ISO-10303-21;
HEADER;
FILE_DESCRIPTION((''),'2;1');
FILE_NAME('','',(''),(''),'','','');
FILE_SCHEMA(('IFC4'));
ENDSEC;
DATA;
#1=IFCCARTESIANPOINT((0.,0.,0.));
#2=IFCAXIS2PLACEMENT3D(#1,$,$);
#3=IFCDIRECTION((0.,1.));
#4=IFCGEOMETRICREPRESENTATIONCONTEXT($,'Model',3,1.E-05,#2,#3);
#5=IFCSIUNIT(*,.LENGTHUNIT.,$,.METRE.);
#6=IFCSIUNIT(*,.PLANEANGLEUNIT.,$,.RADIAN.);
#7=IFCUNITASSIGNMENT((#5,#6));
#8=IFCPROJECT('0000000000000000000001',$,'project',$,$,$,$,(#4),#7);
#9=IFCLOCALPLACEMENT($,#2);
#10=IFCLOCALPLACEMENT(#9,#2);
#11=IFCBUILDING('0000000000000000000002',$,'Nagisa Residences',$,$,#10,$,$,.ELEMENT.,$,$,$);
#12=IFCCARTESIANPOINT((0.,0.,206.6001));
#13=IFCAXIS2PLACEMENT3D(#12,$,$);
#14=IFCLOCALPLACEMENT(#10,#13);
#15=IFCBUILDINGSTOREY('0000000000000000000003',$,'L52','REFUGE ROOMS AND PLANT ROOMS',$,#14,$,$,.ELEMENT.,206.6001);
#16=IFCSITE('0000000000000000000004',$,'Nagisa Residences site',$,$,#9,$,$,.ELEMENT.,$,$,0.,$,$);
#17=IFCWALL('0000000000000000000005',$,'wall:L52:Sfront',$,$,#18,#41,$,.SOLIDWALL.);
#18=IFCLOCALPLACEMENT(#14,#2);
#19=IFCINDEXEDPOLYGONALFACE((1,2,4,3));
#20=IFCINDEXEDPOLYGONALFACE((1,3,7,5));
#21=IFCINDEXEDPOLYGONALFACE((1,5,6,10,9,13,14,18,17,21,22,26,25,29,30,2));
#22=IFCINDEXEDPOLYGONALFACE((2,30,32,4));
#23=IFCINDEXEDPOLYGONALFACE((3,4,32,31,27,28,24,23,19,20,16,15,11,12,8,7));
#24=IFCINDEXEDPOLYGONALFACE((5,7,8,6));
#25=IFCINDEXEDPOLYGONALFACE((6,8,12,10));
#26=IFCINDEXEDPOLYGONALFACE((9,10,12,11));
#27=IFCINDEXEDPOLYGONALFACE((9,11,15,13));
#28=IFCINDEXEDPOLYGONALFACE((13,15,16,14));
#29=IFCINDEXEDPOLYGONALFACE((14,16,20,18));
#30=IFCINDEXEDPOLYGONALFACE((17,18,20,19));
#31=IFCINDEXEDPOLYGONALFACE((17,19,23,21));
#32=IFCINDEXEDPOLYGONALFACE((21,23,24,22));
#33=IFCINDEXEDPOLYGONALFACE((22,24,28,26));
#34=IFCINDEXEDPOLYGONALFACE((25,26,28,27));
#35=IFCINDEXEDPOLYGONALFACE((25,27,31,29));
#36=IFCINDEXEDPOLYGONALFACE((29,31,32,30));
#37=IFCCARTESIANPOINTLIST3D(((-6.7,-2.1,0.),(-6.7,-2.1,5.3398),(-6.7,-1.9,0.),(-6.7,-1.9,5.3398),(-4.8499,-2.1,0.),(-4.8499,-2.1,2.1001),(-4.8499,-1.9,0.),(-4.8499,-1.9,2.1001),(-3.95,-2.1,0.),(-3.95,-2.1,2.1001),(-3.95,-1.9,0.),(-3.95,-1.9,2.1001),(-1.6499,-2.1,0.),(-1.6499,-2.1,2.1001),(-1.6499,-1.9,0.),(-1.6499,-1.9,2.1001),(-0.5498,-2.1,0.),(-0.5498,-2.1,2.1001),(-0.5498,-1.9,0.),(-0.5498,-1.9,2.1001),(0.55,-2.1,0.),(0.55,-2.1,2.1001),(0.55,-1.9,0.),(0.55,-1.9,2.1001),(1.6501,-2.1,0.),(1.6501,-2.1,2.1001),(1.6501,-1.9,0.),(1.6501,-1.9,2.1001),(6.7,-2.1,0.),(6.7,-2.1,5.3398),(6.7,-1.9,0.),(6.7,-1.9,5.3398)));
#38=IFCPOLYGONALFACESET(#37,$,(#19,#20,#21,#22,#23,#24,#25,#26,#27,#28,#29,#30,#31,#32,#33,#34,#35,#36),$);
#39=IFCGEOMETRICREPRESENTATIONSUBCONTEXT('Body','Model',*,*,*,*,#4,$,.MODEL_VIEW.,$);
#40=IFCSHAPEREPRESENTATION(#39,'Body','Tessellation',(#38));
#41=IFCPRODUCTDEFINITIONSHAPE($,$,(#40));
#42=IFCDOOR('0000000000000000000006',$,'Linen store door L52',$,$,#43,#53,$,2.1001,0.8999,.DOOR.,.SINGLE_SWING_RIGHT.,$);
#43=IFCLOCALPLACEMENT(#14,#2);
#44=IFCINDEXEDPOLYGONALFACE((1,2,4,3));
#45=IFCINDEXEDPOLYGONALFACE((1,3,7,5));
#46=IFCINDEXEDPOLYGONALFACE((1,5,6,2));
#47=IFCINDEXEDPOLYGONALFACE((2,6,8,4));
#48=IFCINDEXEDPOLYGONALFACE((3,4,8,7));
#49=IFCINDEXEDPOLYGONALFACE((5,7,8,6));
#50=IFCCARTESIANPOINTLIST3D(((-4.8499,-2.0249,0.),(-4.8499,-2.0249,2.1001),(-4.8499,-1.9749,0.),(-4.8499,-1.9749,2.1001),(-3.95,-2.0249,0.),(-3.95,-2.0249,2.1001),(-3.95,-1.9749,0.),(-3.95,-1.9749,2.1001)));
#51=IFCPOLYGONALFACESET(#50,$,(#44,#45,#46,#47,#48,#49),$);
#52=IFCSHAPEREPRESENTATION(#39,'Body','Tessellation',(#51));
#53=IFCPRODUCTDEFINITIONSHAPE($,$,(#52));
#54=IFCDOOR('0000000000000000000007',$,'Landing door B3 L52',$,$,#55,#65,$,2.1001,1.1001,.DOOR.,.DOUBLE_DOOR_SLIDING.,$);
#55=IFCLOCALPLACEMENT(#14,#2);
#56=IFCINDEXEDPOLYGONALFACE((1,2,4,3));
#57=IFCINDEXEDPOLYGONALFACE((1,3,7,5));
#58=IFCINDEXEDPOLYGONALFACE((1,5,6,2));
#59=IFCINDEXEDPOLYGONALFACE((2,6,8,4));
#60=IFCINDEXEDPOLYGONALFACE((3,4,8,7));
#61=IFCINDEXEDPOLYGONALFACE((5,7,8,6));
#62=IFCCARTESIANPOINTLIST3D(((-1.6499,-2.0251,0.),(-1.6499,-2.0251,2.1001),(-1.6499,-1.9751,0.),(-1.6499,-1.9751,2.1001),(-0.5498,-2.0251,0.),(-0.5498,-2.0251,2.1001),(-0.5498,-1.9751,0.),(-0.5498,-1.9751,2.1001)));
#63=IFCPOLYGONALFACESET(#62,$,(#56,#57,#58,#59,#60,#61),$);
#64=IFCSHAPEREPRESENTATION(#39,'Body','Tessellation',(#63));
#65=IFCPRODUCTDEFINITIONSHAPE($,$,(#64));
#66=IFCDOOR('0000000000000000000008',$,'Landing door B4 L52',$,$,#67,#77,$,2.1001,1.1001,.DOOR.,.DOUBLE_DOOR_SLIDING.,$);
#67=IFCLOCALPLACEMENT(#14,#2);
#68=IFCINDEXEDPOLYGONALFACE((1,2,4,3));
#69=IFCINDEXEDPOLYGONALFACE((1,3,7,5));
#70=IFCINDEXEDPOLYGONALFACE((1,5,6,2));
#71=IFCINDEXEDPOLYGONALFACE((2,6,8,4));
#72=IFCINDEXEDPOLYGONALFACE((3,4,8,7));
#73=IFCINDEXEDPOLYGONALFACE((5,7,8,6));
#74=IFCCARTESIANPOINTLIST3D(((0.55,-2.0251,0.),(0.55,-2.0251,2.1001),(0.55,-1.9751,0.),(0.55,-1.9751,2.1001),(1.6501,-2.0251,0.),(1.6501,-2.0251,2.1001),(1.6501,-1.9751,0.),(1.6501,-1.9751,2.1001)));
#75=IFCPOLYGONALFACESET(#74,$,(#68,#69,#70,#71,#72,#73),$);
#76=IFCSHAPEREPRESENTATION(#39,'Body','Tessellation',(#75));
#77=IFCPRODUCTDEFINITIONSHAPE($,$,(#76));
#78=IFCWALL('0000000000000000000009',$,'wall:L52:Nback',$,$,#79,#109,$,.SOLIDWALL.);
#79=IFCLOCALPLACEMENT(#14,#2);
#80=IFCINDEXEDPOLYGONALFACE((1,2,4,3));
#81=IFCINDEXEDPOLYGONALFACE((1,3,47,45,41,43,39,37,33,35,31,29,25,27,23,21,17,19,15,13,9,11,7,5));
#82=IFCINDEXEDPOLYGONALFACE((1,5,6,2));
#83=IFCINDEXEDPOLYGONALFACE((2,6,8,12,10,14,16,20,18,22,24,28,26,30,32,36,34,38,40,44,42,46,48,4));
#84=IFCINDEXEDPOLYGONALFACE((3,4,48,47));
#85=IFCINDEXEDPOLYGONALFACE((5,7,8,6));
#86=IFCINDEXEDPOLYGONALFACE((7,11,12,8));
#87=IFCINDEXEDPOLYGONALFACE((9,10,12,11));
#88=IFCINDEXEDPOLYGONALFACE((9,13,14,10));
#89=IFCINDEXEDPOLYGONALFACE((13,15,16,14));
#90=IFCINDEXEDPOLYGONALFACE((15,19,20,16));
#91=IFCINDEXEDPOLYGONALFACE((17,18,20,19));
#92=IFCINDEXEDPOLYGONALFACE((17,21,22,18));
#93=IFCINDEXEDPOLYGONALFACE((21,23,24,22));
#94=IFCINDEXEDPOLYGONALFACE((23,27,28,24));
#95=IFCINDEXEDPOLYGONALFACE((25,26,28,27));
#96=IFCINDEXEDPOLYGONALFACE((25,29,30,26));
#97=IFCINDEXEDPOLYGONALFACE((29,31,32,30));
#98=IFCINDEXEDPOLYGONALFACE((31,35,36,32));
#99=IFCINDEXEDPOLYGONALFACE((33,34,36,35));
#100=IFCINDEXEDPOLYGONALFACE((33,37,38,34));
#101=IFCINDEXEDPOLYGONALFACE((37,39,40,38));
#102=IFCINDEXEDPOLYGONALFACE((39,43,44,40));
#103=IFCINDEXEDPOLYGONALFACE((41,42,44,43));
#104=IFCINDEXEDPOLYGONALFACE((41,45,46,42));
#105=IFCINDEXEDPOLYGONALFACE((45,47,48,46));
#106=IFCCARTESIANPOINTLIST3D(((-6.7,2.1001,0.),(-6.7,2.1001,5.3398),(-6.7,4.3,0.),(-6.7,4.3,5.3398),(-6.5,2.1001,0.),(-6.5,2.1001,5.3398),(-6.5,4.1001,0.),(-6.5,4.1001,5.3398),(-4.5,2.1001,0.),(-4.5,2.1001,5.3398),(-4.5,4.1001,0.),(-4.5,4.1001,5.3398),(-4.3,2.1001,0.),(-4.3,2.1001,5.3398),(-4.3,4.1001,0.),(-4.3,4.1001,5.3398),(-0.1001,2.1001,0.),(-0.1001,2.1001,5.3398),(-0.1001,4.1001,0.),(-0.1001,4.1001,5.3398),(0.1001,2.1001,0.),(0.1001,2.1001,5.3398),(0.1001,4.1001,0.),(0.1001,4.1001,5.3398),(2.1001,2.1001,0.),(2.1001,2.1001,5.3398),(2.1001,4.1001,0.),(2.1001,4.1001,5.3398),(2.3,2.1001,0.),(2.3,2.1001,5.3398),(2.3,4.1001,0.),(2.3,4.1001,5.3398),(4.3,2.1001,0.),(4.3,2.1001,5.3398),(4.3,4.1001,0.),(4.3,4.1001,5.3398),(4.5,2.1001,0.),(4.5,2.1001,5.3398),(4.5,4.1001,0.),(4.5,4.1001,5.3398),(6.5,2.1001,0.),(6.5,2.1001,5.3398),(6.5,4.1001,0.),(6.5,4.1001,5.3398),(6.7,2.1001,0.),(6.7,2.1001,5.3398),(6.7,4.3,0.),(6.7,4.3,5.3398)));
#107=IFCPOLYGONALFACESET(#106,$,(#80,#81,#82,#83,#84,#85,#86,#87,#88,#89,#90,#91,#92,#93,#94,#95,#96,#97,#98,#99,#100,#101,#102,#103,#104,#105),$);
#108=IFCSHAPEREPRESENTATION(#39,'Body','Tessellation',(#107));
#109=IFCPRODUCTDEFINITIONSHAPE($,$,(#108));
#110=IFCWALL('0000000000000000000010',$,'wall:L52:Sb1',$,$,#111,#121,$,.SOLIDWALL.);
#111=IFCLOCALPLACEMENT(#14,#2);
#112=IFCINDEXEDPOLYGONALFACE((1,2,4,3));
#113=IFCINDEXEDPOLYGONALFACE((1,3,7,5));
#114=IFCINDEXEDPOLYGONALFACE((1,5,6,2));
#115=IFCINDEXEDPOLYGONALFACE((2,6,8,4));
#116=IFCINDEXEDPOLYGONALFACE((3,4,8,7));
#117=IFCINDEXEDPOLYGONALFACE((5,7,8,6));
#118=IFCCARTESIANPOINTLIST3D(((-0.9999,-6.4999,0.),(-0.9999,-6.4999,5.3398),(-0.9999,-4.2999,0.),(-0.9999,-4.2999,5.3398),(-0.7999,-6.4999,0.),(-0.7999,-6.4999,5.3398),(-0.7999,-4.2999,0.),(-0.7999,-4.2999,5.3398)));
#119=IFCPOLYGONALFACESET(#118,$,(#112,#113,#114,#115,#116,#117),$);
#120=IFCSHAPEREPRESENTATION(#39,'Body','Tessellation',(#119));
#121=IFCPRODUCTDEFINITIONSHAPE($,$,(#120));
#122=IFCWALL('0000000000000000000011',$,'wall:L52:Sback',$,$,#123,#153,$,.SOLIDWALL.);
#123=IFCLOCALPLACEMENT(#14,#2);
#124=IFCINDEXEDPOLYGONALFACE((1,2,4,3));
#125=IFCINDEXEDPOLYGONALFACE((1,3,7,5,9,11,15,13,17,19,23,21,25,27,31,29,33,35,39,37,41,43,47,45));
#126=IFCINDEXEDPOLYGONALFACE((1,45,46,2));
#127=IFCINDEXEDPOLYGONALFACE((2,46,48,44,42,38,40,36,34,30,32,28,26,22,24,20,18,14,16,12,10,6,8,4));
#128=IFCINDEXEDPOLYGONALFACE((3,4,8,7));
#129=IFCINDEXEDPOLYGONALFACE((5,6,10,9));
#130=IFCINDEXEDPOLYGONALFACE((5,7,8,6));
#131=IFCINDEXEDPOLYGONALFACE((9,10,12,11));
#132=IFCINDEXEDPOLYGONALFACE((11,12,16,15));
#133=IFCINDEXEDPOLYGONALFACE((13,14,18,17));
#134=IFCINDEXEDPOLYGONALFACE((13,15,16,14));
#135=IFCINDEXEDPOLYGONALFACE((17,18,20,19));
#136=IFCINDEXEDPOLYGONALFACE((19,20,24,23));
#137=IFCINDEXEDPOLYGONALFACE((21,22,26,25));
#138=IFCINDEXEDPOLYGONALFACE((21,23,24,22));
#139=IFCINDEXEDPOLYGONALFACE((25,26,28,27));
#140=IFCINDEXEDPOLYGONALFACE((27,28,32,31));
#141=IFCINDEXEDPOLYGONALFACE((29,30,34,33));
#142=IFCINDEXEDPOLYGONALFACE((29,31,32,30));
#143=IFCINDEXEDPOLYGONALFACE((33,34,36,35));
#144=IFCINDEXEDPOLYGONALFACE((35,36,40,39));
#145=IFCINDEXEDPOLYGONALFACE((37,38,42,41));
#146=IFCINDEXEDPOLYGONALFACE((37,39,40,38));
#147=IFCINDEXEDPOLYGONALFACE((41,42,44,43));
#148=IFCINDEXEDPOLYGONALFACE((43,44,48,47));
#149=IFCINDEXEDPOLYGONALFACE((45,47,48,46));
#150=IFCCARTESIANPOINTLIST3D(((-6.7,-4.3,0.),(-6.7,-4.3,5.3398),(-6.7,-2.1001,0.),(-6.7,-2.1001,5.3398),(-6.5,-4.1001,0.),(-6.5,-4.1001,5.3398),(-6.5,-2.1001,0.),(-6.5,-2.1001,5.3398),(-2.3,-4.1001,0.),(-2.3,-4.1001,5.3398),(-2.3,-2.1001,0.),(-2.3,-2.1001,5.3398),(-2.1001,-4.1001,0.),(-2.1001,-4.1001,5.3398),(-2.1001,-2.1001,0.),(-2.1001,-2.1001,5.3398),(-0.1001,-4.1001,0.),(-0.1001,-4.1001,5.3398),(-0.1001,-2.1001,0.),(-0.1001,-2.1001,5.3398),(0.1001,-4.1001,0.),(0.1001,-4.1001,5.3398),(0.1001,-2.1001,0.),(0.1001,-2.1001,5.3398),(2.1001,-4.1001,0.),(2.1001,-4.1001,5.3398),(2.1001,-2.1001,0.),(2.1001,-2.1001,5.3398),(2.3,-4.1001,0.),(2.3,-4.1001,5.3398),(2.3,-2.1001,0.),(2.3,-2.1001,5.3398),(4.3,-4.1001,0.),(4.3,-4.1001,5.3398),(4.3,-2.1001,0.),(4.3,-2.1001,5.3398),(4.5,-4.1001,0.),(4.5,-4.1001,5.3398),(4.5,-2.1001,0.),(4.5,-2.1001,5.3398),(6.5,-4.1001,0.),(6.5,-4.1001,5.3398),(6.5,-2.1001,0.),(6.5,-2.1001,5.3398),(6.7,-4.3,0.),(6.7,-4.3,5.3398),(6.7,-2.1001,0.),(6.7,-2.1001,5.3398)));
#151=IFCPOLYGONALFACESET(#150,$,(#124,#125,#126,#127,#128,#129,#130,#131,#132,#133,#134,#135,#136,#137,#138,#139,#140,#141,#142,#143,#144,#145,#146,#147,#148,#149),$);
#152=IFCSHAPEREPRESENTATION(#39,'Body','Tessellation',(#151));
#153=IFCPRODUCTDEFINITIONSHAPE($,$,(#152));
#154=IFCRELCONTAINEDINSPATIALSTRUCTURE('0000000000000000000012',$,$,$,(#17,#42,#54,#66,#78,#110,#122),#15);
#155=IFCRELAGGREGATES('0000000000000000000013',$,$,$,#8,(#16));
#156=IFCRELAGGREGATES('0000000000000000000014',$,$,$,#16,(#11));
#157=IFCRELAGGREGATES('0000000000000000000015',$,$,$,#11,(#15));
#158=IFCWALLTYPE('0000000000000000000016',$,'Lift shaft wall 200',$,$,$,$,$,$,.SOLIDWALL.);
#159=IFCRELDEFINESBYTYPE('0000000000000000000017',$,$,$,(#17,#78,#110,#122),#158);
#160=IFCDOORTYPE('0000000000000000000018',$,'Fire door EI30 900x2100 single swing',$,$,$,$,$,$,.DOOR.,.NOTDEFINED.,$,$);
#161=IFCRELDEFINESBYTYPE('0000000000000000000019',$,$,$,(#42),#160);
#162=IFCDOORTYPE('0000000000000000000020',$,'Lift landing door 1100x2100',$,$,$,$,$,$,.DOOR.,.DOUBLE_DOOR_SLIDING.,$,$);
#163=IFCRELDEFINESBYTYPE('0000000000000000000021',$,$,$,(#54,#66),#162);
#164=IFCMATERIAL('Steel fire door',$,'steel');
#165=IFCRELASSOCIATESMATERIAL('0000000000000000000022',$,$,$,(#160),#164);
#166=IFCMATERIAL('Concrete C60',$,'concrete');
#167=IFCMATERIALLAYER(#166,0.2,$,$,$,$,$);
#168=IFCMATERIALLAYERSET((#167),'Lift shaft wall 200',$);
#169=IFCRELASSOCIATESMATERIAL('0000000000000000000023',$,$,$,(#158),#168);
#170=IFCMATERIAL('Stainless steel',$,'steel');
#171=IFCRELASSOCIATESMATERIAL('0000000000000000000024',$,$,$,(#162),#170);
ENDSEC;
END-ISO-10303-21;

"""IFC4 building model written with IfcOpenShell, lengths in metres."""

from ifc_helpers import new_model, si_unit, direction, frame, frame_2d, origin, place, context, subcontext, project, spatial, polyline, rectangle, outline, extrude, material, layer, layer_set, type_object, element, fill, save


model = new_model("IFC4")

# Units and contexts
model_context = context("Model", 3, precision=1e-05, world=origin(), true_north=direction((0.0, 1.0)))
body_context = subcontext(model_context, "Body", "Model", "MODEL_VIEW")
ifc_project = project(units=[si_unit("LENGTHUNIT", "METRE"), si_unit("PLANEANGLEUNIT", "RADIAN")], contexts=[model_context])

# Site, building, storey
site_placement = place(None, origin())
site = spatial("IfcSite", under=ifc_project, at=site_placement, Name="Nagisa Residences site", CompositionType="ELEMENT", RefElevation=0.0)
building_placement = place(site_placement, origin())
building = spatial("IfcBuilding", under=site, at=building_placement, Name="Nagisa Residences", CompositionType="ELEMENT")
storey_placement = place(building_placement, frame((0.0, 0.0, 206.6001)))
storey = spatial("IfcBuildingStorey", under=building, at=storey_placement, Name="L52", Description="REFUGE ROOMS AND PLANT ROOMS", CompositionType="ELEMENT", Elevation=206.6001)

# Shared definitions
ifc_material_1 = material(Name="Steel fire door", Category="steel")
door_type_1 = type_object("IfcDoorType", Name="Fire door EI30 900x2100 single swing", OperationType="NOTDEFINED", PredefinedType="DOOR", material=ifc_material_1)

# Shared definitions
ifc_material_2 = material(Name="Concrete C60", Category="concrete")
ifc_layer_1 = layer(ifc_material_2, 0.2)
ifc_layer_set_1 = layer_set([ifc_layer_1], Name="Lift shaft wall 200")
wall_type_1 = type_object("IfcWallType", Name="Lift shaft wall 200", PredefinedType="SOLIDWALL", material=ifc_layer_set_1)

# Wall, openings, doors
wall_1_placement = place(storey_placement, frame((-6.7, -2.0, 0.0), z_axis=(0.0, 0.0, 1.0), x_axis=(1.0, 0.0, 0.0)))
wall_1 = element("IfcWall", 1, at=wall_1_placement, inside=storey, type_object=wall_type_1, Name="wall:L52:Sfront", PredefinedType="SOLIDWALL", context=body_context, shape_type="SweptSolid", body=[
    extrude(rectangle(XDim=13.3999, YDim=0.2, at=frame_2d((6.7, 0.0))), origin(), (0.0, 0.0, 1.0), 5.3398),
])
opening_1_placement = place(wall_1_placement, frame((5.05, 0.0, 0.0)))
opening_1 = element("IfcOpeningElement", 2, at=opening_1_placement, cuts=wall_1, PredefinedType="OPENING", context=body_context, shape_type="SweptSolid", body=[
    extrude(rectangle(XDim=1.1001, YDim=2.1001, at=frame_2d((0.55, 1.05))), frame((0.0, 0.1099, 0.0), z_axis=(0.0, -1.0, 0.0), x_axis=(1.0, 0.0, 0.0)), (0.0, 0.0, 1.0), 0.22),
])
opening_2_placement = place(wall_1_placement, frame((7.25, 0.0, 0.0)))
opening_2 = element("IfcOpeningElement", 3, at=opening_2_placement, cuts=wall_1, PredefinedType="OPENING", context=body_context, shape_type="SweptSolid", body=[
    extrude(rectangle(XDim=1.1001, YDim=2.1001, at=frame_2d((0.55, 1.05))), frame((0.0, 0.1099, 0.0), z_axis=(0.0, -1.0, 0.0), x_axis=(1.0, 0.0, 0.0)), (0.0, 0.0, 1.0), 0.22),
])
opening_3_placement = place(wall_1_placement, frame((1.8501, 0.0, 0.0)))
opening_3 = element("IfcOpeningElement", 4, at=opening_3_placement, cuts=wall_1, PredefinedType="OPENING", context=body_context, shape_type="SweptSolid", body=[
    extrude(rectangle(XDim=0.8999, YDim=2.1001, at=frame_2d((0.45, 1.05))), frame((0.0, 0.1099, 0.0), z_axis=(0.0, -1.0, 0.0), x_axis=(1.0, 0.0, 0.0)), (0.0, 0.0, 1.0), 0.22),
])
door_1_placement = place(opening_3_placement, frame((0.8999, 0.0, 0.0), x_axis=(-1.0, 0.0, 0.0)))
door_1 = element("IfcDoor", 5, at=door_1_placement, inside=storey, type_object=door_type_1, Name="Linen store door L52", OperationType="SINGLE_SWING_RIGHT", OverallHeight=2.1001, OverallWidth=0.8999, PredefinedType="DOOR", context=body_context, shape_type="SweptSolid", body=[
    extrude(rectangle(XDim=0.8999, YDim=2.1001, at=frame_2d((0.45, 1.05))), frame((0.0, 0.0249, 0.0), z_axis=(0.0, -1.0, 0.0), x_axis=(1.0, 0.0, 0.0)), (0.0, 0.0, 1.0), 0.05),
])
fill(opening_3, door_1)
ifc_material_3 = material(Name="Stainless steel", Category="steel")
door_type_2 = type_object("IfcDoorType", Name="Lift landing door 1100x2100", OperationType="DOUBLE_DOOR_SLIDING", PredefinedType="DOOR", material=ifc_material_3)
door_2_placement = place(opening_1_placement, origin())
door_2 = element("IfcDoor", 6, at=door_2_placement, inside=storey, type_object=door_type_2, Name="Landing door B3 L52", OperationType="DOUBLE_DOOR_SLIDING", OverallHeight=2.1001, OverallWidth=1.1001, PredefinedType="DOOR", context=body_context, shape_type="SweptSolid", body=[
    extrude(rectangle(XDim=1.1001, YDim=2.1001, at=frame_2d((0.55, 1.05))), frame((0.0, 0.0249, 0.0), z_axis=(0.0, -1.0, 0.0), x_axis=(1.0, 0.0, 0.0)), (0.0, 0.0, 1.0), 0.05),
])
fill(opening_1, door_2)
door_3_placement = place(opening_2_placement, origin())
door_3 = element("IfcDoor", 7, at=door_3_placement, inside=storey, type_object=door_type_2, Name="Landing door B4 L52", OperationType="DOUBLE_DOOR_SLIDING", OverallHeight=2.1001, OverallWidth=1.1001, PredefinedType="DOOR", context=body_context, shape_type="SweptSolid", body=[
    extrude(rectangle(XDim=1.1001, YDim=2.1001, at=frame_2d((0.55, 1.05))), frame((0.0, 0.0249, 0.0), z_axis=(0.0, -1.0, 0.0), x_axis=(1.0, 0.0, 0.0)), (0.0, 0.0, 1.0), 0.05),
])
fill(opening_2, door_3)

# Walls
wall_2_placement = place(storey_placement, origin())
element("IfcWall", 8, at=wall_2_placement, inside=storey, type_object=wall_type_1, Name="wall:L52:Nback", PredefinedType="SOLIDWALL", context=body_context, shape_type="SweptSolid", body=[
    extrude(outline(polyline([(-6.7, 4.3), (6.7, 4.3), (6.7, 2.1001), (6.5, 2.1001), (6.5, 4.1001), (4.5, 4.1001), (4.5, 2.1001), (4.3, 2.1001), (4.3, 4.1001), (2.3, 4.1001), (2.3, 2.1001), (2.1001, 2.1001), (2.1001, 4.1001), (0.1001, 4.1001), (0.1001, 2.1001), (-0.1001, 2.1001), (-0.1001, 4.1001), (-4.3, 4.1001), (-4.3, 2.1001), (-4.5, 2.1001), (-4.5, 4.1001), (-6.5, 4.1001), (-6.5, 2.1001), (-6.7, 2.1001), (-6.7, 4.3)])), origin(), (0.0, 0.0, 1.0), 5.3398),
])
wall_3_placement = place(storey_placement, frame((-0.8999, -6.5, 0.0), z_axis=(0.0, 0.0, 1.0), x_axis=(0.0, 1.0, 0.0)))
element("IfcWall", 9, at=wall_3_placement, inside=storey, type_object=wall_type_1, Name="wall:L52:Sb1", PredefinedType="SOLIDWALL", context=body_context, shape_type="SweptSolid", body=[
    extrude(rectangle(XDim=2.2, YDim=0.2, at=frame_2d((1.1001, 0.0))), origin(), (0.0, 0.0, 1.0), 5.3398),
])
wall_4_placement = place(storey_placement, origin())
element("IfcWall", 10, at=wall_4_placement, inside=storey, type_object=wall_type_1, Name="wall:L52:Sback", PredefinedType="SOLIDWALL", context=body_context, shape_type="SweptSolid", body=[
    extrude(outline(polyline([(-6.7, -2.1001), (-6.5, -2.1001), (-6.5, -4.1001), (-2.3, -4.1001), (-2.3, -2.1001), (-2.1001, -2.1001), (-2.1001, -4.1001), (-0.1001, -4.1001), (-0.1001, -2.1001), (0.1001, -2.1001), (0.1001, -4.1001), (2.1001, -4.1001), (2.1001, -2.1001), (2.3, -2.1001), (2.3, -4.1001), (4.3, -4.1001), (4.3, -2.1001), (4.5, -2.1001), (4.5, -4.1001), (6.5, -4.1001), (6.5, -2.1001), (6.7, -2.1001), (6.7, -4.3), (-6.7, -4.3), (-6.7, -2.1001)])), origin(), (0.0, 0.0, 1.0), 5.3398),
])

save(model, "model.ifc")
